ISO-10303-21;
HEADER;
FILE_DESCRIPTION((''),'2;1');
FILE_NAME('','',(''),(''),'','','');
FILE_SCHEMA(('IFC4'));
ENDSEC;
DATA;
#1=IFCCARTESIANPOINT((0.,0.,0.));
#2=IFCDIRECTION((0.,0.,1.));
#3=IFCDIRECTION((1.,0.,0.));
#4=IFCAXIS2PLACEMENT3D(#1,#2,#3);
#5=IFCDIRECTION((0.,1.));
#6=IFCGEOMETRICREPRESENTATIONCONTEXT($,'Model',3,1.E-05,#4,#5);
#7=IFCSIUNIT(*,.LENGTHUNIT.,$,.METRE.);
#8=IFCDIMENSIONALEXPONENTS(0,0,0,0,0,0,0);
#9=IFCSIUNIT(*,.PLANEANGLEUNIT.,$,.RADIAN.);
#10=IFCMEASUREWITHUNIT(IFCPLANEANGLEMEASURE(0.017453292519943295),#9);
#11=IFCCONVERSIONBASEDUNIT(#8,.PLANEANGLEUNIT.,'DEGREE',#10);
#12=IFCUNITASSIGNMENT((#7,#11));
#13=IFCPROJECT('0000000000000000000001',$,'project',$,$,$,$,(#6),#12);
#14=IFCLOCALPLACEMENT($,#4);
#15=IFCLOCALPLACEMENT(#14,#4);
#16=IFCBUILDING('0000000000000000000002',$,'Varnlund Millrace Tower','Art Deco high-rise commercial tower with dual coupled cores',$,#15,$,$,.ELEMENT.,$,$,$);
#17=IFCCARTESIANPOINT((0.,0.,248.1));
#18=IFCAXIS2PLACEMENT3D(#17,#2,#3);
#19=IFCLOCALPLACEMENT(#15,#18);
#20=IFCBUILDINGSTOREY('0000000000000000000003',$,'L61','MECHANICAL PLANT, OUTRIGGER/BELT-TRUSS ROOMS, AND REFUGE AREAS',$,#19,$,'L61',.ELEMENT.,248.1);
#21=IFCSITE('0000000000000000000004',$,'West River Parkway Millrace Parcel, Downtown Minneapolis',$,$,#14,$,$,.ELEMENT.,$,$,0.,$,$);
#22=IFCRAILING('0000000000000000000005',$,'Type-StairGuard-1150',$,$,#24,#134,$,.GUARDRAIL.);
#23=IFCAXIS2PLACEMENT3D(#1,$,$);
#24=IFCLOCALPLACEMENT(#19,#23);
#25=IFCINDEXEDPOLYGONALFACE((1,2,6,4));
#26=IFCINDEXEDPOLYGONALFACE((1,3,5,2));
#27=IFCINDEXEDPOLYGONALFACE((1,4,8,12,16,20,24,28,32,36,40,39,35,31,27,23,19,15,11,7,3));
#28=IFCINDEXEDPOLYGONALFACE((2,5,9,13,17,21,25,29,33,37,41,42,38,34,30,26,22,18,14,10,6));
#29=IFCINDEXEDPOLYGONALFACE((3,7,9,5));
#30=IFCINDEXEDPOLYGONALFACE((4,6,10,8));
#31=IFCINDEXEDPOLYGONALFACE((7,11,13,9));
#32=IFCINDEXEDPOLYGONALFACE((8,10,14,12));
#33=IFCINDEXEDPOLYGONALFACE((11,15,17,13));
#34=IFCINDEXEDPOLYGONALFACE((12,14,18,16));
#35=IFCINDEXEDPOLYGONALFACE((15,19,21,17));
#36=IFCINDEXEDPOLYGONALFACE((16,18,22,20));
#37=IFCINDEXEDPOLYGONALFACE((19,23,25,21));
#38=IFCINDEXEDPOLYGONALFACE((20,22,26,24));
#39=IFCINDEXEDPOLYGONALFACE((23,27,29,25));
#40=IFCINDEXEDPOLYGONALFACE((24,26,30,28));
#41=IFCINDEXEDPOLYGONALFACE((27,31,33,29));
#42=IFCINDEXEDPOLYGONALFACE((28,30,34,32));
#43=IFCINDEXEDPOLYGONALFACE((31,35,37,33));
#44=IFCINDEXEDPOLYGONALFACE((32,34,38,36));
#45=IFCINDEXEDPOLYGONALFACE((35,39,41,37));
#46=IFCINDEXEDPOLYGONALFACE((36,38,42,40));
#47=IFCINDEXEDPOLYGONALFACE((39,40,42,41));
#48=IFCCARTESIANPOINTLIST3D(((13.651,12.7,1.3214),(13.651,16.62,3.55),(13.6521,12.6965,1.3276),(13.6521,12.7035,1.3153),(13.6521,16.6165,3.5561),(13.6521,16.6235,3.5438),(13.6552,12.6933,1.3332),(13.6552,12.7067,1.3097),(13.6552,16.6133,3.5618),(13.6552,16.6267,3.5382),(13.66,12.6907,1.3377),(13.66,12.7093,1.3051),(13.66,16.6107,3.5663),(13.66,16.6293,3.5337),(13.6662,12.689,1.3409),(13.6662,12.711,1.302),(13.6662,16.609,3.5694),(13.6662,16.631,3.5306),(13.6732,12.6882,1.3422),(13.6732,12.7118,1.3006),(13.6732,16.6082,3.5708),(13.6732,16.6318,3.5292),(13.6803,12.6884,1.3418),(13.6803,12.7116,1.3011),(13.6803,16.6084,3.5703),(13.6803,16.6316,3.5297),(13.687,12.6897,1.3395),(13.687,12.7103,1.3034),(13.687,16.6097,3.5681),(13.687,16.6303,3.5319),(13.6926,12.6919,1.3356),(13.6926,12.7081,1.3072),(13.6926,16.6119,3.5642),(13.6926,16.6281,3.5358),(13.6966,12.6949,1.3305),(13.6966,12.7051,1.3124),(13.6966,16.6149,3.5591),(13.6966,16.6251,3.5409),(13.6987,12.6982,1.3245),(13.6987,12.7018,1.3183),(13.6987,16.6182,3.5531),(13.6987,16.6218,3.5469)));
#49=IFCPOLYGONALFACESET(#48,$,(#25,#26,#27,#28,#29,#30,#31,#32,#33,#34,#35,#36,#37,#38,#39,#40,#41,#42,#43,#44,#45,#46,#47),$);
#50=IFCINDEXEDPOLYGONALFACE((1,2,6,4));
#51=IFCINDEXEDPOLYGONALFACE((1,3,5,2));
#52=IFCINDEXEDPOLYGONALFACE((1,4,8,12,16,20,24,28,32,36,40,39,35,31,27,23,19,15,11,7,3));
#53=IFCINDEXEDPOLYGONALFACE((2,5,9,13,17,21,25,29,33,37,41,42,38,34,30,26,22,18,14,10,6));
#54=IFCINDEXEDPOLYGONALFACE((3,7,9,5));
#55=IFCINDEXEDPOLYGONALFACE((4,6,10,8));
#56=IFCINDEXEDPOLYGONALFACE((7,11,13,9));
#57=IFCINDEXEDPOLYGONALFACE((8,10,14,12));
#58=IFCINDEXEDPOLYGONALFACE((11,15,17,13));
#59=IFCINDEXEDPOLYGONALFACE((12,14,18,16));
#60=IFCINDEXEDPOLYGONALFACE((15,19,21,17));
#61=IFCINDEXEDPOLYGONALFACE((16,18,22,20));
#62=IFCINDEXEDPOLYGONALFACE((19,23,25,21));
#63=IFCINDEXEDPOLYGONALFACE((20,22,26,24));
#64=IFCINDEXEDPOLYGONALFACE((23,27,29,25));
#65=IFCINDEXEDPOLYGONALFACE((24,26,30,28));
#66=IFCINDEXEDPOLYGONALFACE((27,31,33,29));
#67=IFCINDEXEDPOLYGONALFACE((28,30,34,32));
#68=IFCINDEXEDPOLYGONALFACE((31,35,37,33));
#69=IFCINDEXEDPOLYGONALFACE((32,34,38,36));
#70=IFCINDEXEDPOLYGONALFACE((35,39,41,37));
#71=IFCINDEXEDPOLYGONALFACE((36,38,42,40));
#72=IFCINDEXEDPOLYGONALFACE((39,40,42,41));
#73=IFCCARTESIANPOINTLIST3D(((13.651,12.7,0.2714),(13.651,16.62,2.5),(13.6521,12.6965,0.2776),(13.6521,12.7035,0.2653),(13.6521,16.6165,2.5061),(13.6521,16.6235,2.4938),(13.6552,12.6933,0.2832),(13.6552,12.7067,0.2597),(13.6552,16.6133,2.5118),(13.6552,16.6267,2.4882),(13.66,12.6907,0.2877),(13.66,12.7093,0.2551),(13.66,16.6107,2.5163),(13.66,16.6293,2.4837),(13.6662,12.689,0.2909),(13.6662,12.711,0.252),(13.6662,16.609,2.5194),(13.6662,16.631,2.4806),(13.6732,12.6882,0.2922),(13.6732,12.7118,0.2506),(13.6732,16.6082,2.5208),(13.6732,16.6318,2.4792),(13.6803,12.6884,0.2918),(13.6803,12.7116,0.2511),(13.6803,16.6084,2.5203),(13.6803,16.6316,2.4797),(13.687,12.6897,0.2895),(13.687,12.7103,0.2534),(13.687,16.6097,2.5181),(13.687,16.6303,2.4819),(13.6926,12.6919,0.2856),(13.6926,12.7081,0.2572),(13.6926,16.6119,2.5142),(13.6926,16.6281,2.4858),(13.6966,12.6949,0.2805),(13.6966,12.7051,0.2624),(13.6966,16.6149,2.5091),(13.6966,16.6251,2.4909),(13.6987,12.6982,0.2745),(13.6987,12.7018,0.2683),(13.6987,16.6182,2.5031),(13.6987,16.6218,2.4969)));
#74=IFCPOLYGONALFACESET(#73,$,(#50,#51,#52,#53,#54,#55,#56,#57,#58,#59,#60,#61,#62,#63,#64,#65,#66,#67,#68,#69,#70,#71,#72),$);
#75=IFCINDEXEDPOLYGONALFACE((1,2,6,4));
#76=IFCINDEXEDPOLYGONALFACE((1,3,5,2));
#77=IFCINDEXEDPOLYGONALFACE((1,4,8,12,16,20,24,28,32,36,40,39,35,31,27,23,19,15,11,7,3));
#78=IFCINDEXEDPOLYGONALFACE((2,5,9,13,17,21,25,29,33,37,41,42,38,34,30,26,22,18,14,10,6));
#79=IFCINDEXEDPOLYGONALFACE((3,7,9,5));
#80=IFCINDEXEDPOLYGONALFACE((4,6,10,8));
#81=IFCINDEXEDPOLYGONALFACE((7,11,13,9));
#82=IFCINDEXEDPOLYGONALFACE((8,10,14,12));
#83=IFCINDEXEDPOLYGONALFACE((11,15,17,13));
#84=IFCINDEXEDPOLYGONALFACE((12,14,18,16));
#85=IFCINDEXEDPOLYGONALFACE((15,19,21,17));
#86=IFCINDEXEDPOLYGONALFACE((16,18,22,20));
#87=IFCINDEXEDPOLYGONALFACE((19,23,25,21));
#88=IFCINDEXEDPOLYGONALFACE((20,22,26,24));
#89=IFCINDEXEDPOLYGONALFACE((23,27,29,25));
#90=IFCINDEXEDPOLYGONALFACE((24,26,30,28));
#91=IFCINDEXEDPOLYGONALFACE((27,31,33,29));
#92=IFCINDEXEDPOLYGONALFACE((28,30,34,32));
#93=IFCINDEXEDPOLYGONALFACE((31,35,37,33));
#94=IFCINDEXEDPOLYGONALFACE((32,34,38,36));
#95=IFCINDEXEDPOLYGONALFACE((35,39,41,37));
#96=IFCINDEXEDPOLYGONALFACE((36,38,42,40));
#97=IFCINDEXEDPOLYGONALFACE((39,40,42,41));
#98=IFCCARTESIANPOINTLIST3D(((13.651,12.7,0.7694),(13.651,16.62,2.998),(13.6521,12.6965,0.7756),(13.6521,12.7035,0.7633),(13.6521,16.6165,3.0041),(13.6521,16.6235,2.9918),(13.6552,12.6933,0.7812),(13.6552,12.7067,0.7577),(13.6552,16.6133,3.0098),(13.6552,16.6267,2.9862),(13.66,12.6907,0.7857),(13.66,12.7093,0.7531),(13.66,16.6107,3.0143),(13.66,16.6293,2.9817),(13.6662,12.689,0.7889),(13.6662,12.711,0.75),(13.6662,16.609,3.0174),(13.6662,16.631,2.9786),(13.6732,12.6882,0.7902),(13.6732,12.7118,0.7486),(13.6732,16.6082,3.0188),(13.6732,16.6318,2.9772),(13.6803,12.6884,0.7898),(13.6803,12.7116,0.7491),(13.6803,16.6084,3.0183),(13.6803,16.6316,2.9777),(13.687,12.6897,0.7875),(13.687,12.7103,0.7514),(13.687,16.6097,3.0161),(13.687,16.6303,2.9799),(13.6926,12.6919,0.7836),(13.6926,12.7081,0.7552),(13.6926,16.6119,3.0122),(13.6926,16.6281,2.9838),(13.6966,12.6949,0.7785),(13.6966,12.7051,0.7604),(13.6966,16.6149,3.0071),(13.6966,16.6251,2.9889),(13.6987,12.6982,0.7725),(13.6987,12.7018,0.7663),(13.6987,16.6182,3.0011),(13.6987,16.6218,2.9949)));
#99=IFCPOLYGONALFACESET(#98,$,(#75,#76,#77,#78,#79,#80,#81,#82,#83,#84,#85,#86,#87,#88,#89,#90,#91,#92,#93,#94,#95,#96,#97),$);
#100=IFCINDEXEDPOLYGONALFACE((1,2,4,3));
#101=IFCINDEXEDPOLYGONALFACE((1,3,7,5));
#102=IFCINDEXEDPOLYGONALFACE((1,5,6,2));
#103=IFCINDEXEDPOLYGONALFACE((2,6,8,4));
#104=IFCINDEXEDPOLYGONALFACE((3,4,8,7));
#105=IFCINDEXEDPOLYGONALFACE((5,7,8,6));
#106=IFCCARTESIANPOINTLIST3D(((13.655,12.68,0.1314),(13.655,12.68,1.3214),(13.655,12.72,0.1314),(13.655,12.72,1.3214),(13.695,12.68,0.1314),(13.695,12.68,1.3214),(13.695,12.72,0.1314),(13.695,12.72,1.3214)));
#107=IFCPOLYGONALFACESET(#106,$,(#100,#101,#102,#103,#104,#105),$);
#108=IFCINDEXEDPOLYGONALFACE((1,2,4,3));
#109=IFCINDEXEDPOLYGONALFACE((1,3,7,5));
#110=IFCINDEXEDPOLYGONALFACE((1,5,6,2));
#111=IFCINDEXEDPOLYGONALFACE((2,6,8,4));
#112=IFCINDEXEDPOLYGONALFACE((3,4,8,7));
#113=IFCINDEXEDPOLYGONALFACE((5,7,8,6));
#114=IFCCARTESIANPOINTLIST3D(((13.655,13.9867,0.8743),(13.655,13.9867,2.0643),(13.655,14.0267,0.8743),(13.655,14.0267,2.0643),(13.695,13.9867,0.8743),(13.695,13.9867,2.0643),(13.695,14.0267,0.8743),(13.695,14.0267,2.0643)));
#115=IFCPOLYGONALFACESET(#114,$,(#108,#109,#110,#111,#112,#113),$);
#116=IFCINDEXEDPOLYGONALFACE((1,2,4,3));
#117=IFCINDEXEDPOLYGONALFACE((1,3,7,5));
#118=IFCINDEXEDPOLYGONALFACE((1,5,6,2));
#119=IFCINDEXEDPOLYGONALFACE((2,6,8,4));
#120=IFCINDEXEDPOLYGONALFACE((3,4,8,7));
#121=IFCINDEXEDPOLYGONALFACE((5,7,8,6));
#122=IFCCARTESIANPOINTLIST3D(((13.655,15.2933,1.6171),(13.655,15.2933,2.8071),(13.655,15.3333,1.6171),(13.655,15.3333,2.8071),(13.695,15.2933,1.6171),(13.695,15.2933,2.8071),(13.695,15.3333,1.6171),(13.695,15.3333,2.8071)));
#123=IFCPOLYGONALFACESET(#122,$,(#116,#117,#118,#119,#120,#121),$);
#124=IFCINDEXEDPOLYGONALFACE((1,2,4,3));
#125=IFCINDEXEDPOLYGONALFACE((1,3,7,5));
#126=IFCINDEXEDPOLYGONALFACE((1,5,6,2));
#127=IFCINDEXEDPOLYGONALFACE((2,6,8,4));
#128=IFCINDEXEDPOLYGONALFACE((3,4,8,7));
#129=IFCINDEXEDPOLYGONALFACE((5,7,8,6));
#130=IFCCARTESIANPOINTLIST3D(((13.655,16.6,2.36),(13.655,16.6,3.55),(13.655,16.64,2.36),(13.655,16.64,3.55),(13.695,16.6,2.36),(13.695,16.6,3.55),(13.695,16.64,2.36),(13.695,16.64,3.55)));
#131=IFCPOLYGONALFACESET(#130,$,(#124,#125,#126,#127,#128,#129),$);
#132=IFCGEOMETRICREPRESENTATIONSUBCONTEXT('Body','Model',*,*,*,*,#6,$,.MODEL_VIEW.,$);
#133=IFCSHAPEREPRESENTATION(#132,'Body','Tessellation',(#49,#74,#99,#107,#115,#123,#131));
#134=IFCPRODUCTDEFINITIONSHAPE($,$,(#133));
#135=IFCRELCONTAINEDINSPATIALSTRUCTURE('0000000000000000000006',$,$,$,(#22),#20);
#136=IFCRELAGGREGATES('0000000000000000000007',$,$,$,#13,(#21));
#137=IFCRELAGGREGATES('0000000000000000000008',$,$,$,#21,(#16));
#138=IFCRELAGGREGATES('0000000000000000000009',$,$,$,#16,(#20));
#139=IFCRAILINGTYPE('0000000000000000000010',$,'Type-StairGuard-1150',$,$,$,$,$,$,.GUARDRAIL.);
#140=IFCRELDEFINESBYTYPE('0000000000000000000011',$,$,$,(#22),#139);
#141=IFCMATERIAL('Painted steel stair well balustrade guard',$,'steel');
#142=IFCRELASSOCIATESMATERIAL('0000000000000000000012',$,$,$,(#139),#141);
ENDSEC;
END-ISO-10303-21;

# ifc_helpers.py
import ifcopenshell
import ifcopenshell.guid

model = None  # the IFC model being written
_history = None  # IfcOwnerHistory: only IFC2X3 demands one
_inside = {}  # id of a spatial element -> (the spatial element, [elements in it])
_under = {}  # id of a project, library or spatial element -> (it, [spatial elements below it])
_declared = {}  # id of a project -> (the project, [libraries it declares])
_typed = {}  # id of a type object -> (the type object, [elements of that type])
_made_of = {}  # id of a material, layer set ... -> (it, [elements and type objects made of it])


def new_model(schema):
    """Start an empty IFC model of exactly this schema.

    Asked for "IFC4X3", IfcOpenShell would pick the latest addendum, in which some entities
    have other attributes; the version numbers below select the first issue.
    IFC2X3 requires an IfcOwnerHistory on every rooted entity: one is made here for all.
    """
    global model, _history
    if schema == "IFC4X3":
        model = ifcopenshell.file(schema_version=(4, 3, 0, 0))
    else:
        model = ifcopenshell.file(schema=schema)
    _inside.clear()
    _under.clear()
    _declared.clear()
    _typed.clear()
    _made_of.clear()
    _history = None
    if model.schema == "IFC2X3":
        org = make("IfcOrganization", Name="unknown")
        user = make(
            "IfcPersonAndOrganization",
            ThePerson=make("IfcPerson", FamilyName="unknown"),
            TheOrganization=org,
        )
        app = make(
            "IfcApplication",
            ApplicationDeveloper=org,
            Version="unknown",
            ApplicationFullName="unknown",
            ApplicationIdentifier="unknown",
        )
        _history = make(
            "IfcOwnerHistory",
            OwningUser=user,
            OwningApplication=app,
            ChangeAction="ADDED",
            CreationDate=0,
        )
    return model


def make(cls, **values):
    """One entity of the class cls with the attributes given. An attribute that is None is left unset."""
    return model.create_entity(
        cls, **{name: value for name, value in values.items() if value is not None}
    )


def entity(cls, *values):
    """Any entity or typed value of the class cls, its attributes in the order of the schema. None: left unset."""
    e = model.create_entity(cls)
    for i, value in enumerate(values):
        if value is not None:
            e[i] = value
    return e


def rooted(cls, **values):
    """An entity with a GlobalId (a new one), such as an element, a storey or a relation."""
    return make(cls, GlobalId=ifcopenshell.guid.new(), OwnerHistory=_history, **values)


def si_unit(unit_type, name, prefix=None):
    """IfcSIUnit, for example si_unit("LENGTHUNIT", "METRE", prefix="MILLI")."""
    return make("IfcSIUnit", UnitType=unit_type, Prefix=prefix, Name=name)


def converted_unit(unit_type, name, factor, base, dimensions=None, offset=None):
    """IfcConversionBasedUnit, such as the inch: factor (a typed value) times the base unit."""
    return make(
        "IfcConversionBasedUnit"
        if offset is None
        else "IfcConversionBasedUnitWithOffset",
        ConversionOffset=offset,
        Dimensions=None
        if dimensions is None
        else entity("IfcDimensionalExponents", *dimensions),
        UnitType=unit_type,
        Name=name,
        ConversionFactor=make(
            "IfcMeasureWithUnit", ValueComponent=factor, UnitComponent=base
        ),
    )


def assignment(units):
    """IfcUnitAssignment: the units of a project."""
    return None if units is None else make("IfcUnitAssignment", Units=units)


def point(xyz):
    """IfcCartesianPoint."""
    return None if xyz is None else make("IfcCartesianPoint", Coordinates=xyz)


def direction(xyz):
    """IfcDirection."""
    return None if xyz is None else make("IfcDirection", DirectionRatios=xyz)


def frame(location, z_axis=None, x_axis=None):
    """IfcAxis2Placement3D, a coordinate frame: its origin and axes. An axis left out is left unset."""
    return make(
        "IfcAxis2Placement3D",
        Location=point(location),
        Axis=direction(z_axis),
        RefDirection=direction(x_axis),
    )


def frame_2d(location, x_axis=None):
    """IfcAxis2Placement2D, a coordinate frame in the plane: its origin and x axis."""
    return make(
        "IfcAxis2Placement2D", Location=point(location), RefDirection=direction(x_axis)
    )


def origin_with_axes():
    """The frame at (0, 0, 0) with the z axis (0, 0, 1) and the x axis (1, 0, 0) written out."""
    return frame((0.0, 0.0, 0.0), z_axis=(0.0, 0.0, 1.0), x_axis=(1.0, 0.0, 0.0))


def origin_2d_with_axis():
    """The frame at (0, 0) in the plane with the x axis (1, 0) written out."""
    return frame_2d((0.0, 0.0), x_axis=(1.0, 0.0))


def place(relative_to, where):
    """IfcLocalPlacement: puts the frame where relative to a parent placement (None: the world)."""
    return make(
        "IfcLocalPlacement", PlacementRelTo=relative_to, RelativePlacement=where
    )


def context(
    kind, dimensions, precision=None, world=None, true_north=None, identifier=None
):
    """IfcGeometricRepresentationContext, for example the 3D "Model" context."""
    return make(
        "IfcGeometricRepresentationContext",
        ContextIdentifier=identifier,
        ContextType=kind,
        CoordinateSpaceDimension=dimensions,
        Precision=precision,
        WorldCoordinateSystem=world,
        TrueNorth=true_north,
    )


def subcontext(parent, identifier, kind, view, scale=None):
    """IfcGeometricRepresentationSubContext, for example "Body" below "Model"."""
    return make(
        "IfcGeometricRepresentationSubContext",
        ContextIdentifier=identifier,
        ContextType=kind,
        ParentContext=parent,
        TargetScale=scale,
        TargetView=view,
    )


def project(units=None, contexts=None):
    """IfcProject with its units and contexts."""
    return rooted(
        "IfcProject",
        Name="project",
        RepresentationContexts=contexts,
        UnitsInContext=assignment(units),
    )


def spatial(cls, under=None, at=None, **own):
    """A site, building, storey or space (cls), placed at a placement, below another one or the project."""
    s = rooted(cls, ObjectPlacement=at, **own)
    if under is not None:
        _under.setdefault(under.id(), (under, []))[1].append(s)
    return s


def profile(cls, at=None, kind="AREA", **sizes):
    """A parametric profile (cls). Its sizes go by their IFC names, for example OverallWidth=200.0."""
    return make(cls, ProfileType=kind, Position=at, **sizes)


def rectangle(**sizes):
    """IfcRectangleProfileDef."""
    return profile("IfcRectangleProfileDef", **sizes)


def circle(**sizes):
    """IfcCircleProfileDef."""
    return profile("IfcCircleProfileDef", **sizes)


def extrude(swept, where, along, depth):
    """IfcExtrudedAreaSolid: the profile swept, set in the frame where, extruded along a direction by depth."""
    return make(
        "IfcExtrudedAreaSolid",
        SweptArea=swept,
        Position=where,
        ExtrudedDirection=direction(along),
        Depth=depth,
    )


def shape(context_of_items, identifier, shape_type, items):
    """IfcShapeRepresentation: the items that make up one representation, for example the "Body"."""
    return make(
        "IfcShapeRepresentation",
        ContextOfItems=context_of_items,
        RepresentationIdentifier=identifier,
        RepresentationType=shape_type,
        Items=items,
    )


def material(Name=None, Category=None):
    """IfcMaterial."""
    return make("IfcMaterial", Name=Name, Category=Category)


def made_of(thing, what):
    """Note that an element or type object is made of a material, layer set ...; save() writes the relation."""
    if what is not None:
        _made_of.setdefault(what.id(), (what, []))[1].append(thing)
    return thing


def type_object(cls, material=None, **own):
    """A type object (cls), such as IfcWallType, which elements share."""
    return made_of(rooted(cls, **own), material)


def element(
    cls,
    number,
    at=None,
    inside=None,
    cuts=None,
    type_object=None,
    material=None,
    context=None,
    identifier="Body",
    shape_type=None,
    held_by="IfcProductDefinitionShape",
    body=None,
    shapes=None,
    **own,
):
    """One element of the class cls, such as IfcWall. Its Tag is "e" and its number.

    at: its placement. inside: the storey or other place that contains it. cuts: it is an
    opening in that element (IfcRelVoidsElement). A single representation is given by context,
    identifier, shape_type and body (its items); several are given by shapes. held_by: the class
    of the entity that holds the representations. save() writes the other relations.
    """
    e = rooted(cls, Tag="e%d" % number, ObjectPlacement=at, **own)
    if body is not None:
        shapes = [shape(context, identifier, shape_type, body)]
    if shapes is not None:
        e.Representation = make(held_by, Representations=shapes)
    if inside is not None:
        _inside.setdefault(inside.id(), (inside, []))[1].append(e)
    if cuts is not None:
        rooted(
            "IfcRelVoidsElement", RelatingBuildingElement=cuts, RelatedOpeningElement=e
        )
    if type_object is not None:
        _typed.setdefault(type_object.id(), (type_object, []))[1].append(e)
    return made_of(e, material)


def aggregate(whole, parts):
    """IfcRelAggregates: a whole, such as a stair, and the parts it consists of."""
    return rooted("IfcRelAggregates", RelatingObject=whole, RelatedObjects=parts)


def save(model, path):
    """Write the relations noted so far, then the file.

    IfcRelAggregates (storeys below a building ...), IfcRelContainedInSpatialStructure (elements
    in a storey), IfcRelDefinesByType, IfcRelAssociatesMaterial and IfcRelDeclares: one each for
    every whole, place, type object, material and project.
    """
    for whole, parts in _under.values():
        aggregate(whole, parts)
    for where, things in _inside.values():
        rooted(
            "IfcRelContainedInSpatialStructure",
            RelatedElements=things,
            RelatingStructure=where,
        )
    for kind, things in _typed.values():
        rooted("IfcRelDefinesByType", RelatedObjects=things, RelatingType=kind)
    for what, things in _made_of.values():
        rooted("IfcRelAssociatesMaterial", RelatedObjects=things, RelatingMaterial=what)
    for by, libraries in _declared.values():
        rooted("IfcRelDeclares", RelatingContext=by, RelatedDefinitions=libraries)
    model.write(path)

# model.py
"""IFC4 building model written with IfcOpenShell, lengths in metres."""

from ifc_helpers import new_model, entity, si_unit, converted_unit, direction, frame, origin_with_axes, origin_2d_with_axis, place, context, subcontext, project, spatial, rectangle, circle, extrude, material, type_object, element, save


model = new_model("IFC4")

# Units and contexts
model_context = context("Model", 3, precision=1e-05, world=origin_with_axes(), true_north=direction((0.0, 1.0)))
body_context = subcontext(model_context, "Body", "Model", "MODEL_VIEW")
ifc_project = project(units=[si_unit("LENGTHUNIT", "METRE"), converted_unit("PLANEANGLEUNIT", "DEGREE", entity("IfcPlaneAngleMeasure", 0.017453292519943295), si_unit("PLANEANGLEUNIT", "RADIAN"), dimensions=[0, 0, 0, 0, 0, 0, 0])], contexts=[model_context])

# Site, building, storey
site_placement = place(None, origin_with_axes())
site = spatial("IfcSite", under=ifc_project, at=site_placement, Name="West River Parkway Millrace Parcel, Downtown Minneapolis", CompositionType="ELEMENT", RefElevation=0.0)
building_placement = place(site_placement, origin_with_axes())
building = spatial("IfcBuilding", under=site, at=building_placement, Name="Varnlund Millrace Tower", Description="Art Deco high-rise commercial tower with dual coupled cores", CompositionType="ELEMENT")
storey_placement = place(building_placement, frame((0.0, 0.0, 248.1), z_axis=(0.0, 0.0, 1.0), x_axis=(1.0, 0.0, 0.0)))
storey = spatial("IfcBuildingStorey", under=building, at=storey_placement, Name="L61", Description="MECHANICAL PLANT, OUTRIGGER/BELT-TRUSS ROOMS, AND REFUGE AREAS", LongName="L61", CompositionType="ELEMENT", Elevation=248.1)

# Railing
ifc_material_1 = material(Name="Painted steel stair well balustrade guard", Category="steel")
railing_type_1 = type_object("IfcRailingType", Name="Type-StairGuard-1150", PredefinedType="GUARDRAIL", material=ifc_material_1)
railing_1_placement = place(storey_placement, frame((0.0, 0.0, -248.1), z_axis=(0.0, 0.0, 1.0), x_axis=(1.0, 0.0, 0.0)))
element("IfcRailing", 1, at=railing_1_placement, inside=storey, type_object=railing_type_1, Name="Type-StairGuard-1150", PredefinedType="GUARDRAIL", context=body_context, shape_type="SweptSolid", body=[
    extrude(circle(Radius=0.024, at=origin_2d_with_axis()), frame((13.675, 12.7, 249.4214), z_axis=(0.0, 0.869333, 0.494227), x_axis=(-1.0, 0.0, 0.0)), (0.0, 0.0, 1.0), 4.5092),
    extrude(circle(Radius=0.024, at=origin_2d_with_axis()), frame((13.675, 12.7, 248.3714), z_axis=(0.0, 0.869333, 0.494227), x_axis=(-1.0, 0.0, 0.0)), (0.0, 0.0, 1.0), 4.5092),
    extrude(circle(Radius=0.024, at=origin_2d_with_axis()), frame((13.675, 12.7, 248.8694), z_axis=(0.0, 0.869333, 0.494227), x_axis=(-1.0, 0.0, 0.0)), (0.0, 0.0, 1.0), 4.5092),
    extrude(rectangle(XDim=0.04, YDim=0.04, at=origin_2d_with_axis()), frame((13.675, 12.7, 248.2314), z_axis=(0.0, 0.0, 1.0), x_axis=(1.0, 0.0, 0.0)), (0.0, 0.0, 1.0), 1.19),
    extrude(rectangle(XDim=0.04, YDim=0.04, at=origin_2d_with_axis()), frame((13.675, 14.0067, 248.9743), z_axis=(0.0, 0.0, 1.0), x_axis=(1.0, 0.0, 0.0)), (0.0, 0.0, 1.0), 1.19),
    extrude(rectangle(XDim=0.04, YDim=0.04, at=origin_2d_with_axis()), frame((13.675, 15.3133, 249.7171), z_axis=(0.0, 0.0, 1.0), x_axis=(1.0, 0.0, 0.0)), (0.0, 0.0, 1.0), 1.19),
    extrude(rectangle(XDim=0.04, YDim=0.04, at=origin_2d_with_axis()), frame((13.675, 16.62, 250.46), z_axis=(0.0, 0.0, 1.0), x_axis=(1.0, 0.0, 0.0)), (0.0, 0.0, 1.0), 1.19),
])

save(model, "model.ifc")
